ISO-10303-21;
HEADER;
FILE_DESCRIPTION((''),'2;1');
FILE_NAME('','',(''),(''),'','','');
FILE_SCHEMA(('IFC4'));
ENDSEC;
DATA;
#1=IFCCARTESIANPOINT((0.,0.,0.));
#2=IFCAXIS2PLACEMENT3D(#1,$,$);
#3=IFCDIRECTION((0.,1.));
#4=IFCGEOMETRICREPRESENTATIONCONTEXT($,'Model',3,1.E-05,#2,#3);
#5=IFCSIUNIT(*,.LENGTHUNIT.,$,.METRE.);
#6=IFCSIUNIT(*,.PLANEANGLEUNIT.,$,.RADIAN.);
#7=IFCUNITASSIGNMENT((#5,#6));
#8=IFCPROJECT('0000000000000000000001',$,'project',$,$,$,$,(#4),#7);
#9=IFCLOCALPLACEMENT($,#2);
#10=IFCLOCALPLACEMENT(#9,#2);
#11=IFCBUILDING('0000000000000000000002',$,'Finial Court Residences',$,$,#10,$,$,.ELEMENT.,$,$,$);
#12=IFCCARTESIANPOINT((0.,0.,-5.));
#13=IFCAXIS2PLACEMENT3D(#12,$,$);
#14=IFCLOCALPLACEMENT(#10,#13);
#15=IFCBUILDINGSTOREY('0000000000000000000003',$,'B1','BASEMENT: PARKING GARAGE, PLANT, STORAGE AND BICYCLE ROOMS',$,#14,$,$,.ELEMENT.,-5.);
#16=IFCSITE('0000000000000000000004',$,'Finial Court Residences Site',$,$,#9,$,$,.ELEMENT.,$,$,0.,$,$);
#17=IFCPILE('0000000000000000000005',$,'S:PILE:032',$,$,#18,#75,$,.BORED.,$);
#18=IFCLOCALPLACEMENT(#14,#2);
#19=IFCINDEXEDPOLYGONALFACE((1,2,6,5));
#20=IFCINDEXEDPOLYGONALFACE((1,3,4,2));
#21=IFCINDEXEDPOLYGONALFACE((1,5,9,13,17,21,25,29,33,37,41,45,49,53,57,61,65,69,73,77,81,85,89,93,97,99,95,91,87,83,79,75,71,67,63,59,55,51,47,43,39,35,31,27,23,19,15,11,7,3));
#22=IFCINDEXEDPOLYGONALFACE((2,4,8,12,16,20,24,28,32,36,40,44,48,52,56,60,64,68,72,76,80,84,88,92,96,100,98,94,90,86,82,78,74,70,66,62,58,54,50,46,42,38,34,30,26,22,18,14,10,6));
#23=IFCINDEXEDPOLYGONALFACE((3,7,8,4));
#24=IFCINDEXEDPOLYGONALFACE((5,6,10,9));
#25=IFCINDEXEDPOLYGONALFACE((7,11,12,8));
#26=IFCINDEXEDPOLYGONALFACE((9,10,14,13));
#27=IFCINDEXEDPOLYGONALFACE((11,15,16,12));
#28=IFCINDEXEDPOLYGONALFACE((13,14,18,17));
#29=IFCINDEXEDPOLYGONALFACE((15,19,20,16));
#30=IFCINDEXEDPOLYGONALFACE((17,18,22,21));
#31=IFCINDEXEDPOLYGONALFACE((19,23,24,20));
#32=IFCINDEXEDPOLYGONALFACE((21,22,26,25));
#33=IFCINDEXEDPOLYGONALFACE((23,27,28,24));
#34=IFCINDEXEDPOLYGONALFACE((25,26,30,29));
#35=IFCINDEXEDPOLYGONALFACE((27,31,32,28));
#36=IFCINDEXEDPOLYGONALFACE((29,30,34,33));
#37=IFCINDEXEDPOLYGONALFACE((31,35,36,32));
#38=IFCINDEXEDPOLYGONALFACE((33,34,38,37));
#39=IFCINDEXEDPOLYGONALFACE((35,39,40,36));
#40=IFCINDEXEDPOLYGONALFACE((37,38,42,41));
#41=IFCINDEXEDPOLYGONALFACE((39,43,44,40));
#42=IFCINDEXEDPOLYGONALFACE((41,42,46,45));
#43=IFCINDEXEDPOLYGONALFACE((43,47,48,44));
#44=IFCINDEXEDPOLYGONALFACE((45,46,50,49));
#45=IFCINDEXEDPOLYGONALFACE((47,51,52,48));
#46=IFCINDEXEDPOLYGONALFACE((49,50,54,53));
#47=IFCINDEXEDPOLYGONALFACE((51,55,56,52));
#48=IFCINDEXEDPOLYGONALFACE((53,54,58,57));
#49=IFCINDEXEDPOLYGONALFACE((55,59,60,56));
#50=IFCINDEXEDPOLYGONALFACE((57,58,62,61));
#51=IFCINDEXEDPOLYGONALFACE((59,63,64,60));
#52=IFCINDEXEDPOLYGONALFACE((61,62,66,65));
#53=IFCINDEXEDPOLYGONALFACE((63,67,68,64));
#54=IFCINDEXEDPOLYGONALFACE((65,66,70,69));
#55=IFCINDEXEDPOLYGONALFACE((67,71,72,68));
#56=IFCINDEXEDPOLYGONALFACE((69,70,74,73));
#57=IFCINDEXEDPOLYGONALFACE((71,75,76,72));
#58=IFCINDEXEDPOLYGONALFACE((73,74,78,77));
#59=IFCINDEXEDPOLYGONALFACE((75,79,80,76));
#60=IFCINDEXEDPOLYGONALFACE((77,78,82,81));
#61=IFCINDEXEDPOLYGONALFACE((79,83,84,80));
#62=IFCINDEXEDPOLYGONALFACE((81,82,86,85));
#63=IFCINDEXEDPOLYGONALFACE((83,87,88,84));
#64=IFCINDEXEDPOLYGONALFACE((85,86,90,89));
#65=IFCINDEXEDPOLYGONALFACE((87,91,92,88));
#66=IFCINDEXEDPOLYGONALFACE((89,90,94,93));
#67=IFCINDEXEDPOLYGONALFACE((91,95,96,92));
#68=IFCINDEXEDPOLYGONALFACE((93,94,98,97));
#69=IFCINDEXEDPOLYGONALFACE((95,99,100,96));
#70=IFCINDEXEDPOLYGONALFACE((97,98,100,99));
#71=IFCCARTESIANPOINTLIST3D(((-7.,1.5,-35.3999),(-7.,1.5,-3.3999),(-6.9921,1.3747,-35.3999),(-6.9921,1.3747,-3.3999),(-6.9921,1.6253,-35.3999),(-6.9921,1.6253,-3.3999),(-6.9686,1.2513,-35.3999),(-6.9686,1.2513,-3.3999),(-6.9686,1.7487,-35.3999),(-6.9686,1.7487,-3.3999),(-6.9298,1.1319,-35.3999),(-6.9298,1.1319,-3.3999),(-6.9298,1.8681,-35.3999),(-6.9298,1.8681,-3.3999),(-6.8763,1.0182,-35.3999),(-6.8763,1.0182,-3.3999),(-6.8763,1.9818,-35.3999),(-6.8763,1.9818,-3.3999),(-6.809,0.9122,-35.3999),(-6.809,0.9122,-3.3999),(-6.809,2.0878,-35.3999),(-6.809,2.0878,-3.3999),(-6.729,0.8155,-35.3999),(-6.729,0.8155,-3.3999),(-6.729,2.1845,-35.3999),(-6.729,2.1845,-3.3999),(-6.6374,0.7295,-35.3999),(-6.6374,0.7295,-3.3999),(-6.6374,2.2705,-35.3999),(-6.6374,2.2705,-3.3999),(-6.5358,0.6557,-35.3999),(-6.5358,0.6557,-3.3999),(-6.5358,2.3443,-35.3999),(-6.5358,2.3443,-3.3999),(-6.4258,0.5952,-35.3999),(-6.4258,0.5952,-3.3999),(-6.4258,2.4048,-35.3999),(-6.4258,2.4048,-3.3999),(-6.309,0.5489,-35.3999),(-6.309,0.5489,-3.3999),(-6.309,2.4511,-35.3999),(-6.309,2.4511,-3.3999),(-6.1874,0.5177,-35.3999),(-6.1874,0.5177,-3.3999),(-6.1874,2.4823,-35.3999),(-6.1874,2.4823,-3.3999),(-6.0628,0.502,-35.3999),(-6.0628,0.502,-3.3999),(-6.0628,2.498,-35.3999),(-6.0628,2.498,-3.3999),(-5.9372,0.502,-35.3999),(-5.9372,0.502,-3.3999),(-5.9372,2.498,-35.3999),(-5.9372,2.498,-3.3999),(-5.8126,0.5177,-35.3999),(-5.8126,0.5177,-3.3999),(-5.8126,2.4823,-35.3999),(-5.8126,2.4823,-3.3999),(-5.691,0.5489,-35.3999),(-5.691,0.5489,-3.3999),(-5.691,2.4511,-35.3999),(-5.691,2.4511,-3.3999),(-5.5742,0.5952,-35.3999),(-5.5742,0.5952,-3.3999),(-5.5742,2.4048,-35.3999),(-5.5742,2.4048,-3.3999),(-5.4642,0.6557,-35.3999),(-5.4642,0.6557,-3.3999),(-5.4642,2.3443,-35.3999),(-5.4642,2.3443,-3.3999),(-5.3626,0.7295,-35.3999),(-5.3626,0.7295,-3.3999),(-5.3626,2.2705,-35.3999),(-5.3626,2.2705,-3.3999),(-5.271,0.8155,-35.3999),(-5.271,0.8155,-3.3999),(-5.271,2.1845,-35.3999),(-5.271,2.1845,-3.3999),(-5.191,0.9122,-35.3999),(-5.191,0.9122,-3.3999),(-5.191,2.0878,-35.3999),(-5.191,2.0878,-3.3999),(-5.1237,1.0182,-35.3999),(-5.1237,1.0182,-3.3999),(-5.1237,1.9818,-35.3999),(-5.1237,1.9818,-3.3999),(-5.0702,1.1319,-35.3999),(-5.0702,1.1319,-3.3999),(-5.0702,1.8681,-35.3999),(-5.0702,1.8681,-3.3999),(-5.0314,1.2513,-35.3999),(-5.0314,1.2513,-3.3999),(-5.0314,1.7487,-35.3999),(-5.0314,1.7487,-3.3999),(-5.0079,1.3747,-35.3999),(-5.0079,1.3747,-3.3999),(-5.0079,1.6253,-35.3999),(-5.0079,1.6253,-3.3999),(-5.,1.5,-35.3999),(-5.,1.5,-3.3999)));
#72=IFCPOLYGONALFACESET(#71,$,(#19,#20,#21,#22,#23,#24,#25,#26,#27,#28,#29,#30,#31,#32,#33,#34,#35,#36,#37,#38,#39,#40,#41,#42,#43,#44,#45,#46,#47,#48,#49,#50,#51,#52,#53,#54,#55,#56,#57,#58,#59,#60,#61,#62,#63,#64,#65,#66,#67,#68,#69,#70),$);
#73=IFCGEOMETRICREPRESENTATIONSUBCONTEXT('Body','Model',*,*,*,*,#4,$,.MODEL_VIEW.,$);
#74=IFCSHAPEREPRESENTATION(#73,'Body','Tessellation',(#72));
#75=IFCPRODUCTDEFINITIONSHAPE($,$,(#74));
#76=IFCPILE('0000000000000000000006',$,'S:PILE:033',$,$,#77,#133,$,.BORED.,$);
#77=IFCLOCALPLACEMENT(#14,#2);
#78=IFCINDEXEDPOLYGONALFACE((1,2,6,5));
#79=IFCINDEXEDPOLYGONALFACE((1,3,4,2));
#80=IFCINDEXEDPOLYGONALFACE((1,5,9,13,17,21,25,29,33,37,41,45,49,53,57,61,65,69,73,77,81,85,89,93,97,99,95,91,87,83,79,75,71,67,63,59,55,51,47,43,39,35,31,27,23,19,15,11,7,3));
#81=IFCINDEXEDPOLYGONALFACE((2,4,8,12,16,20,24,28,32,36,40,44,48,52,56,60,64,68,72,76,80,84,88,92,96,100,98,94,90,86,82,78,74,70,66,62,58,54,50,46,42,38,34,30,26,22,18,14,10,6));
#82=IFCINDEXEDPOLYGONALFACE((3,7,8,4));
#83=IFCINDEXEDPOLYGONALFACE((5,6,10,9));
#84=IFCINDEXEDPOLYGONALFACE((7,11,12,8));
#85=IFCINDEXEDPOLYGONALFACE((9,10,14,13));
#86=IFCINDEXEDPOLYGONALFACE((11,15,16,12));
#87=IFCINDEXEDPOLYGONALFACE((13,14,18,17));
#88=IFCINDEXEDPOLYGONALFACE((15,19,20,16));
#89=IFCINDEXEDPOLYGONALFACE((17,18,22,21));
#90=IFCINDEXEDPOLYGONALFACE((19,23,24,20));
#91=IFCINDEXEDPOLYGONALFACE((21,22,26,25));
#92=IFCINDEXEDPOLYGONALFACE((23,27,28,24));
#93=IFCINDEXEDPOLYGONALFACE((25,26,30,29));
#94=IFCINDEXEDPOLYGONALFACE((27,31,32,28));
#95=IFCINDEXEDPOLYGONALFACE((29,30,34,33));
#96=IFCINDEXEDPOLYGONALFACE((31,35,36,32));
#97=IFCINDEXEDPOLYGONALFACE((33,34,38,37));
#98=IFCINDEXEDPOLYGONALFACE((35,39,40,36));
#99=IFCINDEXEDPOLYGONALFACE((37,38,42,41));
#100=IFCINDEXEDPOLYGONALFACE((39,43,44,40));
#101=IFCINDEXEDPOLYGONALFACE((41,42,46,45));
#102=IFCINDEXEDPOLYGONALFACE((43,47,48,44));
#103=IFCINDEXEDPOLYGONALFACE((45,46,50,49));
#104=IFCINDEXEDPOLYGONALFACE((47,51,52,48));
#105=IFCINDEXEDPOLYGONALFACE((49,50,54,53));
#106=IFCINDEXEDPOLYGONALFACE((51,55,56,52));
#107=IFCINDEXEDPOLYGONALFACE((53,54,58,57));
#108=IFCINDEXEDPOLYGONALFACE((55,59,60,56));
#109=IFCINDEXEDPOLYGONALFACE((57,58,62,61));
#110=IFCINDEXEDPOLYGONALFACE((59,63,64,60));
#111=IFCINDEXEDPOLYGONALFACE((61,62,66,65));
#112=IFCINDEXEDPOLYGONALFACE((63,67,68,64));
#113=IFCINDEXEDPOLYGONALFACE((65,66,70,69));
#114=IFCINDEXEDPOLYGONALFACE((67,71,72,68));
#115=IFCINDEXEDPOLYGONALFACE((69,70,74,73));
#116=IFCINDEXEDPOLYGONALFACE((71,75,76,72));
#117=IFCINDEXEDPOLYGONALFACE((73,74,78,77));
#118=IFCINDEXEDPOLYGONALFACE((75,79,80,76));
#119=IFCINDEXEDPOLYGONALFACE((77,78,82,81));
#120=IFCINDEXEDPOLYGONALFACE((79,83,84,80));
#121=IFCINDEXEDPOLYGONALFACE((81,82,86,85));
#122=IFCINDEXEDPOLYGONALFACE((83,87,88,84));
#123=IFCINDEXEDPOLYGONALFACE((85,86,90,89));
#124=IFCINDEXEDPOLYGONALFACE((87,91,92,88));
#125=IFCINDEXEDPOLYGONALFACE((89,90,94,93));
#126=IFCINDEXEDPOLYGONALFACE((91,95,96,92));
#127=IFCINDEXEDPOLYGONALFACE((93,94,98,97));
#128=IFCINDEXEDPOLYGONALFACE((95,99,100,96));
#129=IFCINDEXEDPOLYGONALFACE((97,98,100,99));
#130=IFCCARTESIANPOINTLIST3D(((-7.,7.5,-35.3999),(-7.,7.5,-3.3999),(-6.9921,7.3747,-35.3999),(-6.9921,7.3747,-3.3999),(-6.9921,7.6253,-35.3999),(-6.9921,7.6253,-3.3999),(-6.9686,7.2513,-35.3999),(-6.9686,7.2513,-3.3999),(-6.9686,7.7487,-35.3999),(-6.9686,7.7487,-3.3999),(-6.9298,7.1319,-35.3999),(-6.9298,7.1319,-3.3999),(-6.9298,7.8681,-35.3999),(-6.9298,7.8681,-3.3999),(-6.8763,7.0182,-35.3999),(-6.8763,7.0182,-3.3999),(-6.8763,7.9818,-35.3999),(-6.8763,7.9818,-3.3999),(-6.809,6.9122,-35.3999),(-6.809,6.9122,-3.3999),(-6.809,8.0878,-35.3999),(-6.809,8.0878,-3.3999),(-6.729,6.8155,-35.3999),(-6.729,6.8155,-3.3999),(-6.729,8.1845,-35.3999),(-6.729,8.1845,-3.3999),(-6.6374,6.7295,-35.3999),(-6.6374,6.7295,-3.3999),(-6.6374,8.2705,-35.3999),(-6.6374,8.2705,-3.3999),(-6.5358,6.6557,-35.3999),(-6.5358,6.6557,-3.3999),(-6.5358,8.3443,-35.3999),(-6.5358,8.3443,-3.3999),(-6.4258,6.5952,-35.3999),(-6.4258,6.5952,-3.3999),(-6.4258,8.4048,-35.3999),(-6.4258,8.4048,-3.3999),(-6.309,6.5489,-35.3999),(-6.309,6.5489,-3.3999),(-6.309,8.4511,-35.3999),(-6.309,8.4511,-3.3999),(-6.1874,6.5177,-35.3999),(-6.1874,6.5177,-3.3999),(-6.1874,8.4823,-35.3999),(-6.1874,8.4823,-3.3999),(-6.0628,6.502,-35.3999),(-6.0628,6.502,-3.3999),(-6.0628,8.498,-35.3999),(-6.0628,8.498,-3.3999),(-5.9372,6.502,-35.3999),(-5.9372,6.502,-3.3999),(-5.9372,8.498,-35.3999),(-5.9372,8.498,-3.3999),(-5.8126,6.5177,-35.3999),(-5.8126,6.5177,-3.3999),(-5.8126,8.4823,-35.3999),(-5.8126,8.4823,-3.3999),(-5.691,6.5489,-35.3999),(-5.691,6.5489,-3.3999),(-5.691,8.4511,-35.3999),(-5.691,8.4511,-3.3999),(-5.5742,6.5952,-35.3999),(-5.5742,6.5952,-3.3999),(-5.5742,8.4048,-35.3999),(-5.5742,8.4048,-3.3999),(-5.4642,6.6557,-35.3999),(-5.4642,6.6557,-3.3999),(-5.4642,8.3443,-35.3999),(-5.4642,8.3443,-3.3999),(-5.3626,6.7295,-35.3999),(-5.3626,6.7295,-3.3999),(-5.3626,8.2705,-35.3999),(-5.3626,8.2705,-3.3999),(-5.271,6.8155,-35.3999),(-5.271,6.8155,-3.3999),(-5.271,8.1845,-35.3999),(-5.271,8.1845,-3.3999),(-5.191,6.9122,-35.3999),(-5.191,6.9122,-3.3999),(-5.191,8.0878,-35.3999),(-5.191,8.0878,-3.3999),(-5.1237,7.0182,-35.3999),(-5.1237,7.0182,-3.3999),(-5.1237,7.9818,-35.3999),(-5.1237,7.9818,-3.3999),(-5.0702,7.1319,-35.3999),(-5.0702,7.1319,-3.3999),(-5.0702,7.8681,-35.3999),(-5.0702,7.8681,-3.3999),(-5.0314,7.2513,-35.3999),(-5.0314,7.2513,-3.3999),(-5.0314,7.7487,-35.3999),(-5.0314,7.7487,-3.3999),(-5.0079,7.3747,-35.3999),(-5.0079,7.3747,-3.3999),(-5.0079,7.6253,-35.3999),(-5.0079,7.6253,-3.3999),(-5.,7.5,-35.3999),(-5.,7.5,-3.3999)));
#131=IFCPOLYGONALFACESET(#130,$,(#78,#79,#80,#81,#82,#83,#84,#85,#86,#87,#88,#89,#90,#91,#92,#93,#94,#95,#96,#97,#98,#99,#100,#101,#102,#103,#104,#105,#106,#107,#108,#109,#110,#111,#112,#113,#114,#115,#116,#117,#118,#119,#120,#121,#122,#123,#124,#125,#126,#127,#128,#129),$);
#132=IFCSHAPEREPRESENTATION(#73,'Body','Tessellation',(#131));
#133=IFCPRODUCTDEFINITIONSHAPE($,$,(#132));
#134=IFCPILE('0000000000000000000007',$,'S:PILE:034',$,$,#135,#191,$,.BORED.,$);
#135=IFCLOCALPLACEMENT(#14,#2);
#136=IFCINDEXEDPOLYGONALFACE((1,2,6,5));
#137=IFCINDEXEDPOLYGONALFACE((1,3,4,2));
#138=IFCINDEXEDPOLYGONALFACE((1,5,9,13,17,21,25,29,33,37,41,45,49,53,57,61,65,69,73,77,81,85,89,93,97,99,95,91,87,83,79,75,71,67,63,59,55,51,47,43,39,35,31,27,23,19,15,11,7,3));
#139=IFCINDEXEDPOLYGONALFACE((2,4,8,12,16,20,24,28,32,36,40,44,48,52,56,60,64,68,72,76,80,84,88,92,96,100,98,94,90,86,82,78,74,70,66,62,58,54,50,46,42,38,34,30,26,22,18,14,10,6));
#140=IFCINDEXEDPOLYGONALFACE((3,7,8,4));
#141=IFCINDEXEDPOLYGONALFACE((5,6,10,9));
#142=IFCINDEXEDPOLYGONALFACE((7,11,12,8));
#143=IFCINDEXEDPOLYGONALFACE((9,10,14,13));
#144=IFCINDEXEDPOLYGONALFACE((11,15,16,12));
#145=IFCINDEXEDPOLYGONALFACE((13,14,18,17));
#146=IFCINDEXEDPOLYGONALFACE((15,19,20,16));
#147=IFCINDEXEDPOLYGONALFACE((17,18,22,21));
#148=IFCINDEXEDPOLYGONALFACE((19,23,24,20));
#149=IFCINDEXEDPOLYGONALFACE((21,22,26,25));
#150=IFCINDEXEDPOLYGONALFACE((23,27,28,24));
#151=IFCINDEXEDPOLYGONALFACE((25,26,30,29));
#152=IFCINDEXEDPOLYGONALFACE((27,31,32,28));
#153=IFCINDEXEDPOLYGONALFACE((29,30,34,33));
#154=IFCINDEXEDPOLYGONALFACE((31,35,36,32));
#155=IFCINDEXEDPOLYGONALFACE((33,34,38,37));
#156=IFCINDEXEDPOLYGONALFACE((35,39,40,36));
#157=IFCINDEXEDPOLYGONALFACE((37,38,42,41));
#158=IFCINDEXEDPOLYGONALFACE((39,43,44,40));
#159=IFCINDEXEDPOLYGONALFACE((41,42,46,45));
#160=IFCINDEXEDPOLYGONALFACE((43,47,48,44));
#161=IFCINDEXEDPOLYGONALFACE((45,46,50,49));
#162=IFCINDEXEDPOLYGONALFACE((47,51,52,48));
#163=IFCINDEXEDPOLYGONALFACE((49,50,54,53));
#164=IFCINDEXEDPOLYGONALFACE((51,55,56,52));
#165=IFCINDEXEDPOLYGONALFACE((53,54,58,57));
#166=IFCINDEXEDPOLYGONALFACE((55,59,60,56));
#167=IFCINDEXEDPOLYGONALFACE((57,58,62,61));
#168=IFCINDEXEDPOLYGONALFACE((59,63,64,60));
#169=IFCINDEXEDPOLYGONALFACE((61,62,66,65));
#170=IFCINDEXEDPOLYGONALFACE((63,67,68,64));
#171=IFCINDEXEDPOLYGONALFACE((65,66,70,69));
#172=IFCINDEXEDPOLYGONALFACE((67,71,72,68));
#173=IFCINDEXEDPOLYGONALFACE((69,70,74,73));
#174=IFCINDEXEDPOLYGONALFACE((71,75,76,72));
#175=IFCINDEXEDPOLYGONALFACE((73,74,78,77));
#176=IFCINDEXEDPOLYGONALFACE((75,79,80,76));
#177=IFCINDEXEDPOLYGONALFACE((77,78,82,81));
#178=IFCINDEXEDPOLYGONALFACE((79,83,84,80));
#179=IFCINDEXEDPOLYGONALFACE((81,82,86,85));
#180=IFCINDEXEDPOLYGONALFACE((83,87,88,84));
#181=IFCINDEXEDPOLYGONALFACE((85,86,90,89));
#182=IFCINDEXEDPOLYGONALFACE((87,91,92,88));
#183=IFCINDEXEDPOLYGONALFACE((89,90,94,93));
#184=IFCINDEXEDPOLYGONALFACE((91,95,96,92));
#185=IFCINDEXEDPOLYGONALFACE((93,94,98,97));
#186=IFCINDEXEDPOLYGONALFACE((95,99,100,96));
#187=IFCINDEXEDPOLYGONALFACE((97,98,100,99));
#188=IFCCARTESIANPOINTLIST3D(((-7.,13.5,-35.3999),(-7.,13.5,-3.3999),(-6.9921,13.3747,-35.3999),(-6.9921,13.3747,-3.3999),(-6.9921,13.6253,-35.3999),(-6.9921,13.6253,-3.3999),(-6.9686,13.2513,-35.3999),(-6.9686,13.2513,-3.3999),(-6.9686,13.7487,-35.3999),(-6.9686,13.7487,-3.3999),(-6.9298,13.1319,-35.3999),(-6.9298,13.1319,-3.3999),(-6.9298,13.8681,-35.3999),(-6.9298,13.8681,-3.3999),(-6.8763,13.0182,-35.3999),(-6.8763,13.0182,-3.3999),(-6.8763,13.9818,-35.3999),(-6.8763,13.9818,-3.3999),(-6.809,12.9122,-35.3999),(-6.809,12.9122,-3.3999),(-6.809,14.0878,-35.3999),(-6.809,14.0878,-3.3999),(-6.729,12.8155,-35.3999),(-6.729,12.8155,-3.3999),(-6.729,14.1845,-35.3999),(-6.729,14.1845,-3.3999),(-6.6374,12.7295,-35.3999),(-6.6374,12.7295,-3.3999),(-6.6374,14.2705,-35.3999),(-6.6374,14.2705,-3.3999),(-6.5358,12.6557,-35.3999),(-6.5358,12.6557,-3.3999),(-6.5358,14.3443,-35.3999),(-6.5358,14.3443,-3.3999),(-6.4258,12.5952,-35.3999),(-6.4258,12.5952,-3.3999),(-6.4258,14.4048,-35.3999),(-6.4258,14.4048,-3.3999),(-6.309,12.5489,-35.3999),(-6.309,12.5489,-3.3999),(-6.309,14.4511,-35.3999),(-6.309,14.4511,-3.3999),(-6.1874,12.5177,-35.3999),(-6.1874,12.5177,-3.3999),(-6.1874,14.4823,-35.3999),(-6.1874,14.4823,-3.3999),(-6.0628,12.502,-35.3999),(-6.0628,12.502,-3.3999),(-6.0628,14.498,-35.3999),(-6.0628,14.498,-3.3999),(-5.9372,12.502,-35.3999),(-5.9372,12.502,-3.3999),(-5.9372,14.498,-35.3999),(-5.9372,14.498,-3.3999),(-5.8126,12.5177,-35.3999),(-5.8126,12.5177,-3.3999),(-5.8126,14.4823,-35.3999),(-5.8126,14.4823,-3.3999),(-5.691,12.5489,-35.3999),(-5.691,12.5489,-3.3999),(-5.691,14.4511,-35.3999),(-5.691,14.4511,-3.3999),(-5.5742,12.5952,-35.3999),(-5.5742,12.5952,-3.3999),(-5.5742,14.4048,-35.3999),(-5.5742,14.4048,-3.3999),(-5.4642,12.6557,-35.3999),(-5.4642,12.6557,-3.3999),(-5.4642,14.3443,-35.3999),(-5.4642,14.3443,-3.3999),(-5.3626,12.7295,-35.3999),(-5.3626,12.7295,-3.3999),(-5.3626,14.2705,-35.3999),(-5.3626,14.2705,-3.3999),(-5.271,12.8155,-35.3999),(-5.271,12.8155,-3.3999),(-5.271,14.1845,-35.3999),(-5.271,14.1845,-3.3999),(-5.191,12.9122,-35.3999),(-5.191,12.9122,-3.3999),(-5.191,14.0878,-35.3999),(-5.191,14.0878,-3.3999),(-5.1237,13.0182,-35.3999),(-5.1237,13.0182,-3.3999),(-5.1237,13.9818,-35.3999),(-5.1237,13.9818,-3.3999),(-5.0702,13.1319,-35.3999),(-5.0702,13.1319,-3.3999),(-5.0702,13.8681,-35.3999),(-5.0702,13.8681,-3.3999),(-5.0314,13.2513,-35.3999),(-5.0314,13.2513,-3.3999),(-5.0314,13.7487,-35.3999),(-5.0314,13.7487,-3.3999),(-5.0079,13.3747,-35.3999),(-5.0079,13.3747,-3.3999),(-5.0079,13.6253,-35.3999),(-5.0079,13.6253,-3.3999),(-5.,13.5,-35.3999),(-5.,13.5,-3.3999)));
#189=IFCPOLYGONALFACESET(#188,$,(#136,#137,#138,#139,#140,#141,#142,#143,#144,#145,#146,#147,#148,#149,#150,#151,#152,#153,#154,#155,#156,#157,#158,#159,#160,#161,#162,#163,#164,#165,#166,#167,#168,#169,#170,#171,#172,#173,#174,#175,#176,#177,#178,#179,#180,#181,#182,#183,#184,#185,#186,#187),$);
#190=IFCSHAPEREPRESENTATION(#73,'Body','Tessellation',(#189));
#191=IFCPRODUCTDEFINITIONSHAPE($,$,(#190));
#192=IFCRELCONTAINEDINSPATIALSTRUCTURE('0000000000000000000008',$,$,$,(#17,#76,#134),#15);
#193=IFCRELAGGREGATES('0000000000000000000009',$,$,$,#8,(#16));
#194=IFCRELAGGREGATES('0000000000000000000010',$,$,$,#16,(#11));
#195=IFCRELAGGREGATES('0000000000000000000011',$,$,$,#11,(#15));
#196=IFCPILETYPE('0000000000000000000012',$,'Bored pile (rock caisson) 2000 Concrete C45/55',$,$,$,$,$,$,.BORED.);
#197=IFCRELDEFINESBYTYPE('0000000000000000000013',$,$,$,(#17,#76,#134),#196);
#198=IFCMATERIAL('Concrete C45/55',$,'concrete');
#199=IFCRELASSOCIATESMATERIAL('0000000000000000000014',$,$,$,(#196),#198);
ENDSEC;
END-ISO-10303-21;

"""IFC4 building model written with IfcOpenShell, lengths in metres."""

from ifc_helpers import new_model, si_unit, direction, frame, origin, origin_2d, place, context, subcontext, project, spatial, circle, extrude, material, material_profile, profile_set, type_object, element, save


model = new_model("IFC4")

# Units and contexts
model_context = context("Model", 3, precision=1e-05, world=origin(), true_north=direction((0.0, 1.0)))
body_context = subcontext(model_context, "Body", "Model", "MODEL_VIEW")
ifc_project = project(units=[si_unit("LENGTHUNIT", "METRE"), si_unit("PLANEANGLEUNIT", "RADIAN")], contexts=[model_context])

# Site, building, storey
site_placement = place(None, origin())
site = spatial("IfcSite", under=ifc_project, at=site_placement, Name="Finial Court Residences Site", CompositionType="ELEMENT", RefElevation=0.0)
building_placement = place(site_placement, origin())
building = spatial("IfcBuilding", under=site, at=building_placement, Name="Finial Court Residences", CompositionType="ELEMENT")
storey_placement = place(building_placement, frame((0.0, 0.0, -5.0)))
storey = spatial("IfcBuildingStorey", under=building, at=storey_placement, Name="B1", Description="BASEMENT: PARKING GARAGE, PLANT, STORAGE AND BICYCLE ROOMS", CompositionType="ELEMENT", Elevation=-5.0)

# Piles
ifc_material_1 = material(Name="Concrete C45/55", Category="concrete")
ifc_material_profile_1 = material_profile(ifc_material_1, circle(Radius=1.0, at=origin_2d()), Name="D2000")
ifc_profile_set_1 = profile_set([ifc_material_profile_1], Name="Concrete C45/55")
pile_type = type_object("IfcPileType", Name="Bored pile (rock caisson) 2000 Concrete C45/55", PredefinedType="BORED", material=ifc_profile_set_1)
for number, where, z_axis, x_axis, name in (
    (1, (-6.0, 1.5, -3.3999), (0.0, 0.0, -1.0), (1.0, 0.0, 0.0), "S:PILE:032"),
    (2, (-6.0, 7.5, -3.3999), (0.0, 0.0, -1.0), (1.0, 0.0, 0.0), "S:PILE:033"),
    (3, (-6.0, 13.5, -3.3999), (0.0, 0.0, -1.0), (1.0, 0.0, 0.0), "S:PILE:034"),
):
    element("IfcPile", number, at=place(storey_placement, frame(where, z_axis=z_axis, x_axis=x_axis)), inside=storey, type_object=pile_type, Name=name, PredefinedType="BORED", context=body_context, shape_type="SweptSolid", body=[
        extrude(circle(Radius=1.0, at=origin_2d()), origin(), (0.0, 0.0, 1.0), 32.0),
    ])

save(model, "model.ifc")
